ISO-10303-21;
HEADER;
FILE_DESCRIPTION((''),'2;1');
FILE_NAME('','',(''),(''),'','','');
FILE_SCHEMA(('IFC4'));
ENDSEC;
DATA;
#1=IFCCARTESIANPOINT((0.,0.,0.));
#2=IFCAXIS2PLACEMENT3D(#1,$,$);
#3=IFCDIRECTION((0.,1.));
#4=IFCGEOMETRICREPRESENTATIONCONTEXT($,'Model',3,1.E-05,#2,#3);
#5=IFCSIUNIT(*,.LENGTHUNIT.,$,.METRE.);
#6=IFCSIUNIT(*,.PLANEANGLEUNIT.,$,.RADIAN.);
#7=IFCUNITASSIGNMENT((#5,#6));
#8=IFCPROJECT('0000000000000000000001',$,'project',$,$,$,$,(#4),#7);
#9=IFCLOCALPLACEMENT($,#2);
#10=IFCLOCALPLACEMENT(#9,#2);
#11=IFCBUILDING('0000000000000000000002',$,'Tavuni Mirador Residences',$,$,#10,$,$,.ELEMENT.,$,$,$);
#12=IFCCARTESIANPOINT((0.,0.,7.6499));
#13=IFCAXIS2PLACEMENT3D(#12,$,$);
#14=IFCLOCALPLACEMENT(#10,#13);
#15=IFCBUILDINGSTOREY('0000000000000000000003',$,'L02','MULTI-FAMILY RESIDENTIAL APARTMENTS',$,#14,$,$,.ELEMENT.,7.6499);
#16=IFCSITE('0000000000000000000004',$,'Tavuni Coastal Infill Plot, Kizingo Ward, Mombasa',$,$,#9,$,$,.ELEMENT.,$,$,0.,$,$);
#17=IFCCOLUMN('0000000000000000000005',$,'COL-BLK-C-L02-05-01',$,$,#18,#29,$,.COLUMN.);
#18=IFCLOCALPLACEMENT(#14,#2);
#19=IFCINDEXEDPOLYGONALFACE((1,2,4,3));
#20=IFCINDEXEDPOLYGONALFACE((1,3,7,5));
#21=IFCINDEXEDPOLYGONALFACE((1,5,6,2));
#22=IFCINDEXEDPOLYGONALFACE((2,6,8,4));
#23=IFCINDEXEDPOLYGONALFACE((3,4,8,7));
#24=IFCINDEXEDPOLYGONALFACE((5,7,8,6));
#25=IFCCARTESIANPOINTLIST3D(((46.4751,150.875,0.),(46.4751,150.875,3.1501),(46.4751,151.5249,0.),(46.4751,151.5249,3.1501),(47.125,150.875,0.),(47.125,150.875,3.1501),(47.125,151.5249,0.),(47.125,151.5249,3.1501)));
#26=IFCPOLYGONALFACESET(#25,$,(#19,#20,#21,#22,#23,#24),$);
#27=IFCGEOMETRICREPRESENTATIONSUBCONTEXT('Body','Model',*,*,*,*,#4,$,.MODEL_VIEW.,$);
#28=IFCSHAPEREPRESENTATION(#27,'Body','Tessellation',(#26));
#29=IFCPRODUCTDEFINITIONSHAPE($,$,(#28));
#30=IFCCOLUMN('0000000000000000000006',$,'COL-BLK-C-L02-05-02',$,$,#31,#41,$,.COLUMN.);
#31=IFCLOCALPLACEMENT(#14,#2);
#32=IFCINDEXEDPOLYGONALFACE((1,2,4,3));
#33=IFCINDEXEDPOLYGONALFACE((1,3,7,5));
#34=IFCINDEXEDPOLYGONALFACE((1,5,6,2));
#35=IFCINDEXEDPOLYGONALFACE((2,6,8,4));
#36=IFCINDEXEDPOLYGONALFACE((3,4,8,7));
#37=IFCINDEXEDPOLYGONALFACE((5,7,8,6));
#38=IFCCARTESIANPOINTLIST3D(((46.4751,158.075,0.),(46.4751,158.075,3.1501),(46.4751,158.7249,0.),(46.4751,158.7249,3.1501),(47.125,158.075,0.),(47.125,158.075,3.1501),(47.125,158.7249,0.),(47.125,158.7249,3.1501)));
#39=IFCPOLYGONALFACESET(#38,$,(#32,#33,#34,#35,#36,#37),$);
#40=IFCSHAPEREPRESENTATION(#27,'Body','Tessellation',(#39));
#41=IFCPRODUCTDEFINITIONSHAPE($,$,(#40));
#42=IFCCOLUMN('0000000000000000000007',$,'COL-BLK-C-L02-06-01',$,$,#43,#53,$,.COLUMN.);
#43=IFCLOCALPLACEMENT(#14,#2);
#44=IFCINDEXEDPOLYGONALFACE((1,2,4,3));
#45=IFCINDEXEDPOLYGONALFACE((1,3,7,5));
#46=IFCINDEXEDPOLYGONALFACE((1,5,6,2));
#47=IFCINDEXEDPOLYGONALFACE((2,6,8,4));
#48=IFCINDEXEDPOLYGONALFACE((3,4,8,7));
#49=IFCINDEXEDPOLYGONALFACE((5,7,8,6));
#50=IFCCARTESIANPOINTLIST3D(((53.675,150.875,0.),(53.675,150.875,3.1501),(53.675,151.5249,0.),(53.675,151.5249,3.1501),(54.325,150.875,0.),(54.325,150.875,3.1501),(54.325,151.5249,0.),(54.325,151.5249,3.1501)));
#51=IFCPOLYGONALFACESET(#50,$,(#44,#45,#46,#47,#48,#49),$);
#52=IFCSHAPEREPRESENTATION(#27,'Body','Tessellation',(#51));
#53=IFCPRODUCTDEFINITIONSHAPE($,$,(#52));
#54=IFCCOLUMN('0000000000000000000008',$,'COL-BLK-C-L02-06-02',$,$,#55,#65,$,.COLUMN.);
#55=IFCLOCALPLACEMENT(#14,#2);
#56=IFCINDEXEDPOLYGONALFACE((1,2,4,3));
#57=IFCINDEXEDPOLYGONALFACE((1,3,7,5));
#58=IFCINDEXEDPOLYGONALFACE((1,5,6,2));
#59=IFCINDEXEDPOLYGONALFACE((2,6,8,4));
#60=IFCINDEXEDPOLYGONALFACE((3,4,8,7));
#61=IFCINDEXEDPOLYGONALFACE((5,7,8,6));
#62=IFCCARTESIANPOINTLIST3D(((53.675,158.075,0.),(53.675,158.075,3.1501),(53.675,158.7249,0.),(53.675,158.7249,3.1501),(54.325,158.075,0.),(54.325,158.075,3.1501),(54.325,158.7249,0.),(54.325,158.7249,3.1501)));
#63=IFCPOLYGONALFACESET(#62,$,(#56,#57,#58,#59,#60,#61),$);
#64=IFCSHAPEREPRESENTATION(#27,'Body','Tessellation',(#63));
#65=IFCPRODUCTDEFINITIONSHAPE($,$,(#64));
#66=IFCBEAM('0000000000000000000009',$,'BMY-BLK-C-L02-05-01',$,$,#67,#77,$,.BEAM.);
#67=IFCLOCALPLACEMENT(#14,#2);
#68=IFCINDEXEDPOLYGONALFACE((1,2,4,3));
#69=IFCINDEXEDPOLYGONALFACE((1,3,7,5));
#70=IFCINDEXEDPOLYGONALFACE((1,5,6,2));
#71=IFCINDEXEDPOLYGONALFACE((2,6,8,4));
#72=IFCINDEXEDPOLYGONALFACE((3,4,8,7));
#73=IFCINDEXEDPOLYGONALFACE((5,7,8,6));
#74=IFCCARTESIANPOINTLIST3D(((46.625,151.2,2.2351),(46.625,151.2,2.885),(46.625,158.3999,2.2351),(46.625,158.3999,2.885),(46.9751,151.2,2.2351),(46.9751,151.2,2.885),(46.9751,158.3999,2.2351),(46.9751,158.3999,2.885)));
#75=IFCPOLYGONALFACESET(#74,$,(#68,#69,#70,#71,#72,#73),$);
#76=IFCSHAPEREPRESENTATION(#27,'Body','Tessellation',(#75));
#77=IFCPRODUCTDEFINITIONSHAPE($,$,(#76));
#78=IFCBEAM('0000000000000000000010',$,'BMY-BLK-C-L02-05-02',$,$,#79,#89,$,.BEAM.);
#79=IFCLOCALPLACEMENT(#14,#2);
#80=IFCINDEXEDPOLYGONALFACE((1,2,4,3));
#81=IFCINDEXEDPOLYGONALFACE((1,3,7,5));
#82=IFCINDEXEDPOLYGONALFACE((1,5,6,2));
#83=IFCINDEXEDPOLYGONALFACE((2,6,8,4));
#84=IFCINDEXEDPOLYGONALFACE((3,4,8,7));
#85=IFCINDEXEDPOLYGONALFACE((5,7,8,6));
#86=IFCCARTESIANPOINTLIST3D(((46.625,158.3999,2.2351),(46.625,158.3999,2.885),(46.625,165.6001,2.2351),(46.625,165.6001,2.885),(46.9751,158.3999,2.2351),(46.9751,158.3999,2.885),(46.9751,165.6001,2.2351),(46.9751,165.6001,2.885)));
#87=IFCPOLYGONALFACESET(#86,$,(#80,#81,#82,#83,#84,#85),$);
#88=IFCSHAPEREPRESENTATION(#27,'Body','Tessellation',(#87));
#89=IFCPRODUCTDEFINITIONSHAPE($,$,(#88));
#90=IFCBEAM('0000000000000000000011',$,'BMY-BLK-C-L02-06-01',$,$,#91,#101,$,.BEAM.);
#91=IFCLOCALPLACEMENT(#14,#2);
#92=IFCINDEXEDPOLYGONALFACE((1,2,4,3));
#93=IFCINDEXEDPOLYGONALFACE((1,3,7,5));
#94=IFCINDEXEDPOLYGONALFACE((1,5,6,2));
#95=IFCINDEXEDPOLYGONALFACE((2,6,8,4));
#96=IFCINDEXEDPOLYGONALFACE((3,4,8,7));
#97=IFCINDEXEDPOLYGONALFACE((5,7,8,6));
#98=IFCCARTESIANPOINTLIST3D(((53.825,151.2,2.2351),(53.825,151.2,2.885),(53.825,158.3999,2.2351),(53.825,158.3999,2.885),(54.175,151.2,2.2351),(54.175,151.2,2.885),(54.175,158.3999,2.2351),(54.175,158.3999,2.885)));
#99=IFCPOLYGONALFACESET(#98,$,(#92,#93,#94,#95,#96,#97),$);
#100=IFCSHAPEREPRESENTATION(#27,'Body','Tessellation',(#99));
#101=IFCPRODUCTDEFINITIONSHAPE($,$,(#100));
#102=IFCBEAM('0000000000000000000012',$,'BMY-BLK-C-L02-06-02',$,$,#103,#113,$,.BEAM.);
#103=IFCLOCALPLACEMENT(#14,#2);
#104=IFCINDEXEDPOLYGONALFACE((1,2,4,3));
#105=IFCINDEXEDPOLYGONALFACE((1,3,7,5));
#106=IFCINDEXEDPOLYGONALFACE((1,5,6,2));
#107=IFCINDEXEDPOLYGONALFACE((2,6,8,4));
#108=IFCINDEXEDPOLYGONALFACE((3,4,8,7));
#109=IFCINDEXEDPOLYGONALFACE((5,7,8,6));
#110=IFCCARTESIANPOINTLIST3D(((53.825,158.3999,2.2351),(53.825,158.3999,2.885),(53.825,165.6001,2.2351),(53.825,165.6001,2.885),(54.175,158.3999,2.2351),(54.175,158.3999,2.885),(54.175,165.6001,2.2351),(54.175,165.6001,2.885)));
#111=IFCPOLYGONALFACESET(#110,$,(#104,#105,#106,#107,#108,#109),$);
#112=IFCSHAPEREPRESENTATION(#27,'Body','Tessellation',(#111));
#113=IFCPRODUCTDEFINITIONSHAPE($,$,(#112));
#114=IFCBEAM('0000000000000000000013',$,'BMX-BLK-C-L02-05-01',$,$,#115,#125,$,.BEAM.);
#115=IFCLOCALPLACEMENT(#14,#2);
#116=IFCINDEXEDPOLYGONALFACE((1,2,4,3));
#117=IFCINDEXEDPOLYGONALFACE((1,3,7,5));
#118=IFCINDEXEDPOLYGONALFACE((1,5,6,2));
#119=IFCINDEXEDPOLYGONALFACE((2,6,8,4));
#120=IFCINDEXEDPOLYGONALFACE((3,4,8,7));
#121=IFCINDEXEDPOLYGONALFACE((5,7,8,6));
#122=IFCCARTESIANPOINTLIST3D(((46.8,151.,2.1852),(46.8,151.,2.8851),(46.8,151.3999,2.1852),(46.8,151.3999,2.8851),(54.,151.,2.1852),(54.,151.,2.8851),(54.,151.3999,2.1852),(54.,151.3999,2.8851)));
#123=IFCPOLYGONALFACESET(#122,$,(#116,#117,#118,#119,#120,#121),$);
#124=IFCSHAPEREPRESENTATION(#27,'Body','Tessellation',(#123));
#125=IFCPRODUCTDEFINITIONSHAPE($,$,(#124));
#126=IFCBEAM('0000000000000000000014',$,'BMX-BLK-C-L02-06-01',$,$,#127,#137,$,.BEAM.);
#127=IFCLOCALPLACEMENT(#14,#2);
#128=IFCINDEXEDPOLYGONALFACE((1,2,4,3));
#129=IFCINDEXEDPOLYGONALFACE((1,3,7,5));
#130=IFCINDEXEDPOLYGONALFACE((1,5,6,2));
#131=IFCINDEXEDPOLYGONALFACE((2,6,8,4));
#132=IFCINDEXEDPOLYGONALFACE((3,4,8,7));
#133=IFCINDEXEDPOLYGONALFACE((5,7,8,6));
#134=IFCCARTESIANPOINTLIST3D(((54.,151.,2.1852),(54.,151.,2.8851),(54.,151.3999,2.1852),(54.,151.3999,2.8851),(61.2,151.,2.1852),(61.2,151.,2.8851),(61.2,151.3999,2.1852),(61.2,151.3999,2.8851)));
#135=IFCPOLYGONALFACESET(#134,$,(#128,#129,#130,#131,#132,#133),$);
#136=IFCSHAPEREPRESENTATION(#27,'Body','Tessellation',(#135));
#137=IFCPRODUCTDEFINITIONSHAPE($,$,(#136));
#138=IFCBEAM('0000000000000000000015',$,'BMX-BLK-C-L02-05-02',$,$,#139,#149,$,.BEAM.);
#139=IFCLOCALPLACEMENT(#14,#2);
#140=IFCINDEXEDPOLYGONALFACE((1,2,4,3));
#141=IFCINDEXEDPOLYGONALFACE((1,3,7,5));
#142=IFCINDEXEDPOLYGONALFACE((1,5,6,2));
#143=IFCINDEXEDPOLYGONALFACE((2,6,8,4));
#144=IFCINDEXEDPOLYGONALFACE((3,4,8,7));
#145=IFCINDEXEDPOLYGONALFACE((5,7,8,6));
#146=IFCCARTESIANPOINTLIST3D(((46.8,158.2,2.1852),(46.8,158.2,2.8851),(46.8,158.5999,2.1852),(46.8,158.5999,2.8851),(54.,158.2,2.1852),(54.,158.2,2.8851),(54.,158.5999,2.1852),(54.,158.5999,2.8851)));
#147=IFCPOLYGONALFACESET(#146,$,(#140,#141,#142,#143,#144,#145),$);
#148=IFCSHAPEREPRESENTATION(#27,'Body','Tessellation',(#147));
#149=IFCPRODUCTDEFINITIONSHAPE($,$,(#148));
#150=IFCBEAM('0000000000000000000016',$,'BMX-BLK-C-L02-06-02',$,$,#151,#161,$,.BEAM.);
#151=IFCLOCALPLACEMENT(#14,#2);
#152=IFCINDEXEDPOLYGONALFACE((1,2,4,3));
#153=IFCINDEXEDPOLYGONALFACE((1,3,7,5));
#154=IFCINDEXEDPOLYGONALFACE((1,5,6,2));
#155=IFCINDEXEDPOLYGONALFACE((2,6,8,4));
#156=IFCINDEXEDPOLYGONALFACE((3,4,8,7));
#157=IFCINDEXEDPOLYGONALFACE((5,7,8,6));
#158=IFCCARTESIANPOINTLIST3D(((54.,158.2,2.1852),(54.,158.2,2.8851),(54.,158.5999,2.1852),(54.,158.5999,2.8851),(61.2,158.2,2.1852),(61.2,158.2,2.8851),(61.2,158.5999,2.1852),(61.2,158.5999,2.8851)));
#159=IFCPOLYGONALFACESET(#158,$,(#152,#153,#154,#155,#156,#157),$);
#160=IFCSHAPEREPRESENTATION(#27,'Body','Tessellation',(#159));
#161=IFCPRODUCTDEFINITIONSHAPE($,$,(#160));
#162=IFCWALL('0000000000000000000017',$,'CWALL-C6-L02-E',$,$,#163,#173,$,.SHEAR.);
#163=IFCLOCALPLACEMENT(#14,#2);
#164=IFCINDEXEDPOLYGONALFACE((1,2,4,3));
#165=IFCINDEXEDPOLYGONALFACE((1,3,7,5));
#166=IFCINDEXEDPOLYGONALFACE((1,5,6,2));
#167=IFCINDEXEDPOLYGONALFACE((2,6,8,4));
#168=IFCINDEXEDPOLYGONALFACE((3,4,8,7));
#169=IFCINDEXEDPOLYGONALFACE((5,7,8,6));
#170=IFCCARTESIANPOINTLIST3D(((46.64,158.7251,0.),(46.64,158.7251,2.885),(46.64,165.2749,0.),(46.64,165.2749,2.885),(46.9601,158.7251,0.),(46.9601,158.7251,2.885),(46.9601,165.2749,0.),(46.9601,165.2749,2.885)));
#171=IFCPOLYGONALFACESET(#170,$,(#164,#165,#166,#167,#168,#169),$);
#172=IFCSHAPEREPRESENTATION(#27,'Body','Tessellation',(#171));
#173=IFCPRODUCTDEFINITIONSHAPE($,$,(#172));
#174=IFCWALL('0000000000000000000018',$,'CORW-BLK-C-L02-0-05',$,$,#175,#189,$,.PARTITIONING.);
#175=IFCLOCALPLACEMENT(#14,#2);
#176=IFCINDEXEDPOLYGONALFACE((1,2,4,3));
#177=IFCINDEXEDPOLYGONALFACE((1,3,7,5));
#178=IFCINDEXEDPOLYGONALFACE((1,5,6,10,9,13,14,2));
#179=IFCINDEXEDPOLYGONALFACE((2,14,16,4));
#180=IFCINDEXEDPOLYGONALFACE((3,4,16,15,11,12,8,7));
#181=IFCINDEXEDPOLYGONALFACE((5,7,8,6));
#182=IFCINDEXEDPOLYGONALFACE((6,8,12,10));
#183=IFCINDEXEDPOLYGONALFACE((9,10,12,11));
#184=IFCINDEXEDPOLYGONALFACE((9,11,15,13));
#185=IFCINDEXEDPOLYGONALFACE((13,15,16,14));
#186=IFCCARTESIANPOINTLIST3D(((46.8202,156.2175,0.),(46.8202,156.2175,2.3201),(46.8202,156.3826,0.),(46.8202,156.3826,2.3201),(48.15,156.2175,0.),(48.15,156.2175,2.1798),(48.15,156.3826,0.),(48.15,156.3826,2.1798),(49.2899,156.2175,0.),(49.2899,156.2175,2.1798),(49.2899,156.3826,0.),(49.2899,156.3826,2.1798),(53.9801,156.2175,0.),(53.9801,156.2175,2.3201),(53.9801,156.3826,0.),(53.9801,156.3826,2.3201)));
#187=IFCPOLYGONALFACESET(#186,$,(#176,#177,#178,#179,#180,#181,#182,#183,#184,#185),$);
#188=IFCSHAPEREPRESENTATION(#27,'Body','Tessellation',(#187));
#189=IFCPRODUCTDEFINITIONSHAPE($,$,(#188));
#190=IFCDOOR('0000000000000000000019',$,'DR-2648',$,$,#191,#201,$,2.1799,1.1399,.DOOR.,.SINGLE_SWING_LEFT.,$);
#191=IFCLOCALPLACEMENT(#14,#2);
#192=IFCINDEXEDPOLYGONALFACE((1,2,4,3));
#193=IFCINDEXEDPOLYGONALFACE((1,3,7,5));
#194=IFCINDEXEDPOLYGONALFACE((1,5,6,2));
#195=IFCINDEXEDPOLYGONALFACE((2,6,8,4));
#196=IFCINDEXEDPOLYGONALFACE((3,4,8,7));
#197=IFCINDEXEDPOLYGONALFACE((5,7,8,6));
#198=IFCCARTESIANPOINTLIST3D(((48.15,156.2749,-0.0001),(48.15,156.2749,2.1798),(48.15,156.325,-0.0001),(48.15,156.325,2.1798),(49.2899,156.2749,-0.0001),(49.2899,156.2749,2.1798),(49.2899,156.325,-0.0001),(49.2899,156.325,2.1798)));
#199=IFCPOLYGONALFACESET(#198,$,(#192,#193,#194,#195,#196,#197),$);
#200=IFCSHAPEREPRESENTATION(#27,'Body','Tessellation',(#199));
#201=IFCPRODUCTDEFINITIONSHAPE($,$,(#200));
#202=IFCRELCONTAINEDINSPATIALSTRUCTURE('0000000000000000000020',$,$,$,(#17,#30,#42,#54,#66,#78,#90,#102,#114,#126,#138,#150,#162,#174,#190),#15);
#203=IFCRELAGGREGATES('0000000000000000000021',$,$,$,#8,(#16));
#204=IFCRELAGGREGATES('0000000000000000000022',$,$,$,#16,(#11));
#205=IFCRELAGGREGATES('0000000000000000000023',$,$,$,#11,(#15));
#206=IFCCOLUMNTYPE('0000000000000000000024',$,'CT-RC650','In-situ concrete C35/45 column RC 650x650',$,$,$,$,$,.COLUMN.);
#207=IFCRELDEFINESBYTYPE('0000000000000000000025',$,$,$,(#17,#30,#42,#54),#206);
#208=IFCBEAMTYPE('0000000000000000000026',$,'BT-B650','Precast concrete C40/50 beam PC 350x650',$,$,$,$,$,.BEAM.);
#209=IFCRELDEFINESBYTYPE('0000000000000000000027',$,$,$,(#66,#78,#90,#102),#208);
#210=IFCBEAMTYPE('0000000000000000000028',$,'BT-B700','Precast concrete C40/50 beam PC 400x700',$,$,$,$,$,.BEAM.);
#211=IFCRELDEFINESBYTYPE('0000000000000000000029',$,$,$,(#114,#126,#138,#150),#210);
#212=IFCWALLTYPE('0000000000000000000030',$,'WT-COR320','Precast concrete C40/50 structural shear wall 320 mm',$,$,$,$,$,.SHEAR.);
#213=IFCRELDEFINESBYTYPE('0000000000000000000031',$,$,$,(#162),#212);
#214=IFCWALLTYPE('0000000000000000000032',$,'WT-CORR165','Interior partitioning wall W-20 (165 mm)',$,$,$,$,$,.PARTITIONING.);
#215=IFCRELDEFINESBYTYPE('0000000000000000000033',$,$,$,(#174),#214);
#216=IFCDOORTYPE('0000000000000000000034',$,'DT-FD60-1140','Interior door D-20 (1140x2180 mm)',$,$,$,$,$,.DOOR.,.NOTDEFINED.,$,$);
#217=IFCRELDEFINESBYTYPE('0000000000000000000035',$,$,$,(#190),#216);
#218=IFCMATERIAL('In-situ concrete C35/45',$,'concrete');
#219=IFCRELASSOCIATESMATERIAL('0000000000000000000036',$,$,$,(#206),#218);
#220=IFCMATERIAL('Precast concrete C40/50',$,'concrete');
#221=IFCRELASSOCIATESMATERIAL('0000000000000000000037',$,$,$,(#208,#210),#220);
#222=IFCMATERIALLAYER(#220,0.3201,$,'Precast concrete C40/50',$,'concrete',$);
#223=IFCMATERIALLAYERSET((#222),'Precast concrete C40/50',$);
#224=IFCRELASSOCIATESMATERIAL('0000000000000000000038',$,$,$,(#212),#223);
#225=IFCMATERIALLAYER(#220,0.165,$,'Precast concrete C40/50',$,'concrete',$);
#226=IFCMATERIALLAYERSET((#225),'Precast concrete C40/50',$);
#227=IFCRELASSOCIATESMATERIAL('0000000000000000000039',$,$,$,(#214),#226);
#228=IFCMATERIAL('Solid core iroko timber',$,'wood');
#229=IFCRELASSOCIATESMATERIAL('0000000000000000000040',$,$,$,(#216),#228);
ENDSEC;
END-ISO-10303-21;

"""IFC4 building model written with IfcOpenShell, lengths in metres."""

from ifc_helpers import new_model, si_unit, direction, frame, frame_2d, origin, origin_2d, place, context, subcontext, project, spatial, rectangle, extrude, material, layer, layer_set, material_profile, profile_set, type_object, element, fill, save


model = new_model("IFC4")

# Units and contexts
model_context = context("Model", 3, precision=1e-05, world=origin(), true_north=direction((0.0, 1.0)))
body_context = subcontext(model_context, "Body", "Model", "MODEL_VIEW")
ifc_project = project(units=[si_unit("LENGTHUNIT", "METRE"), si_unit("PLANEANGLEUNIT", "RADIAN")], contexts=[model_context])

# Site, building, storey
site_placement = place(None, origin())
site = spatial("IfcSite", under=ifc_project, at=site_placement, Name="Tavuni Coastal Infill Plot, Kizingo Ward, Mombasa", CompositionType="ELEMENT", RefElevation=0.0)
building_placement = place(site_placement, origin())
building = spatial("IfcBuilding", under=site, at=building_placement, Name="Tavuni Mirador Residences", CompositionType="ELEMENT")
storey_placement = place(building_placement, frame((0.0, 0.0, 7.6499)))
storey = spatial("IfcBuildingStorey", under=building, at=storey_placement, Name="L02", Description="MULTI-FAMILY RESIDENTIAL APARTMENTS", CompositionType="ELEMENT", Elevation=7.6499)

# Columns
ifc_material_1 = material(Name="In-situ concrete C35/45", Category="concrete")
ifc_material_profile_1 = material_profile(ifc_material_1, rectangle(XDim=0.6499, YDim=0.6499, at=origin_2d()), Name="RC 650x650", Category="concrete")
ifc_profile_set_1 = profile_set([ifc_material_profile_1], Name="In-situ concrete C35/45")
column_type = type_object("IfcColumnType", Name="CT-RC650", Description="In-situ concrete C35/45 column RC 650x650", PredefinedType="COLUMN", material=ifc_profile_set_1)
for number, where, z_axis, x_axis, name in (
    (1, (46.8, 151.2, 0.0), (0.0, 0.0, 1.0), (1.0, 0.0, 0.0), "COL-BLK-C-L02-05-01"),
    (2, (46.8, 158.3999, 0.0), (0.0, 0.0, 1.0), (1.0, 0.0, 0.0), "COL-BLK-C-L02-05-02"),
    (3, (54.0, 151.2, 0.0), (0.0, 0.0, 1.0), (1.0, 0.0, 0.0), "COL-BLK-C-L02-06-01"),
    (4, (54.0, 158.3999, 0.0), (0.0, 0.0, 1.0), (1.0, 0.0, 0.0), "COL-BLK-C-L02-06-02"),
):
    element("IfcColumn", number, at=place(storey_placement, frame(where, z_axis=z_axis, x_axis=x_axis)), inside=storey, type_object=column_type, Name=name, PredefinedType="COLUMN", context=body_context, shape_type="SweptSolid", body=[
        extrude(rectangle(XDim=0.6499, YDim=0.6499, at=origin_2d()), origin(), (0.0, 0.0, 1.0), 3.1501),
    ])

# Beams
ifc_material_2 = material(Name="Precast concrete C40/50", Category="concrete")
ifc_material_profile_2 = material_profile(ifc_material_2, rectangle(XDim=0.3501, YDim=0.6499, at=origin_2d()), Name="PC 350x650", Category="concrete")
ifc_profile_set_2 = profile_set([ifc_material_profile_2], Name="Precast concrete C40/50")
beam_type_1 = type_object("IfcBeamType", Name="BT-B650", Description="Precast concrete C40/50 beam PC 350x650", PredefinedType="BEAM", material=ifc_profile_set_2)
beam_1_placement = place(storey_placement, frame((46.8, 151.2, 2.5601), z_axis=(0.0, 1.0, 0.0), x_axis=(-1.0, 0.0, 0.0)))
element("IfcBeam", 5, at=beam_1_placement, inside=storey, type_object=beam_type_1, Name="BMY-BLK-C-L02-05-01", PredefinedType="BEAM", context=body_context, shape_type="SweptSolid", body=[
    extrude(rectangle(XDim=0.3501, YDim=0.6499, at=origin_2d()), origin(), (0.0, 0.0, 1.0), 7.2),
])
beam_2_placement = place(storey_placement, frame((46.8, 158.3999, 2.5601), z_axis=(0.0, 1.0, 0.0), x_axis=(-1.0, 0.0, 0.0)))
element("IfcBeam", 6, at=beam_2_placement, inside=storey, type_object=beam_type_1, Name="BMY-BLK-C-L02-05-02", PredefinedType="BEAM", context=body_context, shape_type="SweptSolid", body=[
    extrude(rectangle(XDim=0.3501, YDim=0.6499, at=origin_2d()), origin(), (0.0, 0.0, 1.0), 7.2002),
])
beam_3_placement = place(storey_placement, frame((54.0, 151.2, 2.5601), z_axis=(0.0, 1.0, 0.0), x_axis=(-1.0, 0.0, 0.0)))
element("IfcBeam", 7, at=beam_3_placement, inside=storey, type_object=beam_type_1, Name="BMY-BLK-C-L02-06-01", PredefinedType="BEAM", context=body_context, shape_type="SweptSolid", body=[
    extrude(rectangle(XDim=0.3501, YDim=0.6499, at=origin_2d()), origin(), (0.0, 0.0, 1.0), 7.2),
])
beam_4_placement = place(storey_placement, frame((54.0, 158.3999, 2.5601), z_axis=(0.0, 1.0, 0.0), x_axis=(-1.0, 0.0, 0.0)))
element("IfcBeam", 8, at=beam_4_placement, inside=storey, type_object=beam_type_1, Name="BMY-BLK-C-L02-06-02", PredefinedType="BEAM", context=body_context, shape_type="SweptSolid", body=[
    extrude(rectangle(XDim=0.3501, YDim=0.6499, at=origin_2d()), origin(), (0.0, 0.0, 1.0), 7.2002),
])
ifc_material_profile_3 = material_profile(ifc_material_2, rectangle(XDim=0.3999, YDim=0.7, at=origin_2d()), Name="PC 400x700", Category="concrete")
ifc_profile_set_3 = profile_set([ifc_material_profile_3], Name="Precast concrete C40/50")
beam_type_2 = type_object("IfcBeamType", Name="BT-B700", Description="Precast concrete C40/50 beam PC 400x700", PredefinedType="BEAM", material=ifc_profile_set_3)
for number, where, z_axis, x_axis, name in (
    (9, (46.8, 151.2, 2.5352), (1.0, 0.0, 0.0), (0.0, 1.0, 0.0), "BMX-BLK-C-L02-05-01"),
    (10, (54.0, 151.2, 2.5352), (1.0, 0.0, 0.0), (0.0, 1.0, 0.0), "BMX-BLK-C-L02-06-01"),
    (11, (46.8, 158.3999, 2.5352), (1.0, 0.0, 0.0), (0.0, 1.0, 0.0), "BMX-BLK-C-L02-05-02"),
    (12, (54.0, 158.3999, 2.5352), (1.0, 0.0, 0.0), (0.0, 1.0, 0.0), "BMX-BLK-C-L02-06-02"),
):
    element("IfcBeam", number, at=place(storey_placement, frame(where, z_axis=z_axis, x_axis=x_axis)), inside=storey, type_object=beam_type_2, Name=name, PredefinedType="BEAM", context=body_context, shape_type="SweptSolid", body=[
        extrude(rectangle(XDim=0.3999, YDim=0.7, at=origin_2d()), origin(), (0.0, 0.0, 1.0), 7.2),
    ])

# Wall
ifc_layer_1 = layer(ifc_material_2, 0.3201, Name="Precast concrete C40/50", Category="concrete")
ifc_layer_set_1 = layer_set([ifc_layer_1], Name="Precast concrete C40/50")
wall_type_1 = type_object("IfcWallType", Name="WT-COR320", Description="Precast concrete C40/50 structural shear wall 320 mm", PredefinedType="SHEAR", material=ifc_layer_set_1)
wall_1_placement = place(storey_placement, frame((46.8, 158.7251, 0.0), z_axis=(0.0, 0.0, 1.0), x_axis=(0.0, 1.0, 0.0)))
element("IfcWall", 13, at=wall_1_placement, inside=storey, type_object=wall_type_1, Name="CWALL-C6-L02-E", PredefinedType="SHEAR", context=body_context, shape_type="SweptSolid", body=[
    extrude(rectangle(XDim=6.5498, YDim=0.3201, at=frame_2d((3.2749, 0.0))), origin(), (0.0, 0.0, 1.0), 2.885),
])

# Wall, opening, door
ifc_layer_2 = layer(ifc_material_2, 0.165, Name="Precast concrete C40/50", Category="concrete")
ifc_layer_set_2 = layer_set([ifc_layer_2], Name="Precast concrete C40/50")
wall_type_2 = type_object("IfcWallType", Name="WT-CORR165", Description="Interior partitioning wall W-20 (165 mm)", PredefinedType="PARTITIONING", material=ifc_layer_set_2)
wall_2_placement = place(storey_placement, frame((46.8201, 156.3, 0.0), z_axis=(0.0, 0.0, 1.0), x_axis=(1.0, 0.0, 0.0)))
wall_2 = element("IfcWall", 14, at=wall_2_placement, inside=storey, type_object=wall_type_2, Name="CORW-BLK-C-L02-0-05", PredefinedType="PARTITIONING", context=body_context, shape_type="SweptSolid", body=[
    extrude(rectangle(XDim=7.1599, YDim=0.165, at=frame_2d((3.5801, 0.0))), origin(), (0.0, 0.0, 1.0), 2.3201),
])
opening_1_placement = place(wall_2_placement, frame((1.3301, 0.0, 0.0)))
opening_1 = element("IfcOpeningElement", 15, at=opening_1_placement, cuts=wall_2, PredefinedType="OPENING", context=body_context, shape_type="SweptSolid", body=[
    extrude(rectangle(XDim=1.1399, YDim=2.1799, at=frame_2d((0.5698, 1.0898))), frame((0.0, 0.0925, 0.0), z_axis=(0.0, -1.0, 0.0), x_axis=(1.0, 0.0, 0.0)), (0.0, 0.0, 1.0), 0.1851),
])
ifc_material_3 = material(Name="Solid core iroko timber", Category="wood")
door_type_1 = type_object("IfcDoorType", Name="DT-FD60-1140", Description="Interior door D-20 (1140x2180 mm)", OperationType="NOTDEFINED", PredefinedType="DOOR", material=ifc_material_3)
door_1_placement = place(opening_1_placement, origin())
door_1 = element("IfcDoor", 16, at=door_1_placement, inside=storey, type_object=door_type_1, Name="DR-2648", OperationType="SINGLE_SWING_LEFT", OverallHeight=2.1799, OverallWidth=1.1399, PredefinedType="DOOR", context=body_context, shape_type="SweptSolid", body=[
    extrude(rectangle(XDim=1.1399, YDim=2.1799, at=frame_2d((0.5698, 1.0898))), frame((0.0, 0.0249, 0.0), z_axis=(0.0, -1.0, 0.0), x_axis=(1.0, 0.0, 0.0)), (0.0, 0.0, 1.0), 0.05),
])
fill(opening_1, door_1)

save(model, "model.ifc")
